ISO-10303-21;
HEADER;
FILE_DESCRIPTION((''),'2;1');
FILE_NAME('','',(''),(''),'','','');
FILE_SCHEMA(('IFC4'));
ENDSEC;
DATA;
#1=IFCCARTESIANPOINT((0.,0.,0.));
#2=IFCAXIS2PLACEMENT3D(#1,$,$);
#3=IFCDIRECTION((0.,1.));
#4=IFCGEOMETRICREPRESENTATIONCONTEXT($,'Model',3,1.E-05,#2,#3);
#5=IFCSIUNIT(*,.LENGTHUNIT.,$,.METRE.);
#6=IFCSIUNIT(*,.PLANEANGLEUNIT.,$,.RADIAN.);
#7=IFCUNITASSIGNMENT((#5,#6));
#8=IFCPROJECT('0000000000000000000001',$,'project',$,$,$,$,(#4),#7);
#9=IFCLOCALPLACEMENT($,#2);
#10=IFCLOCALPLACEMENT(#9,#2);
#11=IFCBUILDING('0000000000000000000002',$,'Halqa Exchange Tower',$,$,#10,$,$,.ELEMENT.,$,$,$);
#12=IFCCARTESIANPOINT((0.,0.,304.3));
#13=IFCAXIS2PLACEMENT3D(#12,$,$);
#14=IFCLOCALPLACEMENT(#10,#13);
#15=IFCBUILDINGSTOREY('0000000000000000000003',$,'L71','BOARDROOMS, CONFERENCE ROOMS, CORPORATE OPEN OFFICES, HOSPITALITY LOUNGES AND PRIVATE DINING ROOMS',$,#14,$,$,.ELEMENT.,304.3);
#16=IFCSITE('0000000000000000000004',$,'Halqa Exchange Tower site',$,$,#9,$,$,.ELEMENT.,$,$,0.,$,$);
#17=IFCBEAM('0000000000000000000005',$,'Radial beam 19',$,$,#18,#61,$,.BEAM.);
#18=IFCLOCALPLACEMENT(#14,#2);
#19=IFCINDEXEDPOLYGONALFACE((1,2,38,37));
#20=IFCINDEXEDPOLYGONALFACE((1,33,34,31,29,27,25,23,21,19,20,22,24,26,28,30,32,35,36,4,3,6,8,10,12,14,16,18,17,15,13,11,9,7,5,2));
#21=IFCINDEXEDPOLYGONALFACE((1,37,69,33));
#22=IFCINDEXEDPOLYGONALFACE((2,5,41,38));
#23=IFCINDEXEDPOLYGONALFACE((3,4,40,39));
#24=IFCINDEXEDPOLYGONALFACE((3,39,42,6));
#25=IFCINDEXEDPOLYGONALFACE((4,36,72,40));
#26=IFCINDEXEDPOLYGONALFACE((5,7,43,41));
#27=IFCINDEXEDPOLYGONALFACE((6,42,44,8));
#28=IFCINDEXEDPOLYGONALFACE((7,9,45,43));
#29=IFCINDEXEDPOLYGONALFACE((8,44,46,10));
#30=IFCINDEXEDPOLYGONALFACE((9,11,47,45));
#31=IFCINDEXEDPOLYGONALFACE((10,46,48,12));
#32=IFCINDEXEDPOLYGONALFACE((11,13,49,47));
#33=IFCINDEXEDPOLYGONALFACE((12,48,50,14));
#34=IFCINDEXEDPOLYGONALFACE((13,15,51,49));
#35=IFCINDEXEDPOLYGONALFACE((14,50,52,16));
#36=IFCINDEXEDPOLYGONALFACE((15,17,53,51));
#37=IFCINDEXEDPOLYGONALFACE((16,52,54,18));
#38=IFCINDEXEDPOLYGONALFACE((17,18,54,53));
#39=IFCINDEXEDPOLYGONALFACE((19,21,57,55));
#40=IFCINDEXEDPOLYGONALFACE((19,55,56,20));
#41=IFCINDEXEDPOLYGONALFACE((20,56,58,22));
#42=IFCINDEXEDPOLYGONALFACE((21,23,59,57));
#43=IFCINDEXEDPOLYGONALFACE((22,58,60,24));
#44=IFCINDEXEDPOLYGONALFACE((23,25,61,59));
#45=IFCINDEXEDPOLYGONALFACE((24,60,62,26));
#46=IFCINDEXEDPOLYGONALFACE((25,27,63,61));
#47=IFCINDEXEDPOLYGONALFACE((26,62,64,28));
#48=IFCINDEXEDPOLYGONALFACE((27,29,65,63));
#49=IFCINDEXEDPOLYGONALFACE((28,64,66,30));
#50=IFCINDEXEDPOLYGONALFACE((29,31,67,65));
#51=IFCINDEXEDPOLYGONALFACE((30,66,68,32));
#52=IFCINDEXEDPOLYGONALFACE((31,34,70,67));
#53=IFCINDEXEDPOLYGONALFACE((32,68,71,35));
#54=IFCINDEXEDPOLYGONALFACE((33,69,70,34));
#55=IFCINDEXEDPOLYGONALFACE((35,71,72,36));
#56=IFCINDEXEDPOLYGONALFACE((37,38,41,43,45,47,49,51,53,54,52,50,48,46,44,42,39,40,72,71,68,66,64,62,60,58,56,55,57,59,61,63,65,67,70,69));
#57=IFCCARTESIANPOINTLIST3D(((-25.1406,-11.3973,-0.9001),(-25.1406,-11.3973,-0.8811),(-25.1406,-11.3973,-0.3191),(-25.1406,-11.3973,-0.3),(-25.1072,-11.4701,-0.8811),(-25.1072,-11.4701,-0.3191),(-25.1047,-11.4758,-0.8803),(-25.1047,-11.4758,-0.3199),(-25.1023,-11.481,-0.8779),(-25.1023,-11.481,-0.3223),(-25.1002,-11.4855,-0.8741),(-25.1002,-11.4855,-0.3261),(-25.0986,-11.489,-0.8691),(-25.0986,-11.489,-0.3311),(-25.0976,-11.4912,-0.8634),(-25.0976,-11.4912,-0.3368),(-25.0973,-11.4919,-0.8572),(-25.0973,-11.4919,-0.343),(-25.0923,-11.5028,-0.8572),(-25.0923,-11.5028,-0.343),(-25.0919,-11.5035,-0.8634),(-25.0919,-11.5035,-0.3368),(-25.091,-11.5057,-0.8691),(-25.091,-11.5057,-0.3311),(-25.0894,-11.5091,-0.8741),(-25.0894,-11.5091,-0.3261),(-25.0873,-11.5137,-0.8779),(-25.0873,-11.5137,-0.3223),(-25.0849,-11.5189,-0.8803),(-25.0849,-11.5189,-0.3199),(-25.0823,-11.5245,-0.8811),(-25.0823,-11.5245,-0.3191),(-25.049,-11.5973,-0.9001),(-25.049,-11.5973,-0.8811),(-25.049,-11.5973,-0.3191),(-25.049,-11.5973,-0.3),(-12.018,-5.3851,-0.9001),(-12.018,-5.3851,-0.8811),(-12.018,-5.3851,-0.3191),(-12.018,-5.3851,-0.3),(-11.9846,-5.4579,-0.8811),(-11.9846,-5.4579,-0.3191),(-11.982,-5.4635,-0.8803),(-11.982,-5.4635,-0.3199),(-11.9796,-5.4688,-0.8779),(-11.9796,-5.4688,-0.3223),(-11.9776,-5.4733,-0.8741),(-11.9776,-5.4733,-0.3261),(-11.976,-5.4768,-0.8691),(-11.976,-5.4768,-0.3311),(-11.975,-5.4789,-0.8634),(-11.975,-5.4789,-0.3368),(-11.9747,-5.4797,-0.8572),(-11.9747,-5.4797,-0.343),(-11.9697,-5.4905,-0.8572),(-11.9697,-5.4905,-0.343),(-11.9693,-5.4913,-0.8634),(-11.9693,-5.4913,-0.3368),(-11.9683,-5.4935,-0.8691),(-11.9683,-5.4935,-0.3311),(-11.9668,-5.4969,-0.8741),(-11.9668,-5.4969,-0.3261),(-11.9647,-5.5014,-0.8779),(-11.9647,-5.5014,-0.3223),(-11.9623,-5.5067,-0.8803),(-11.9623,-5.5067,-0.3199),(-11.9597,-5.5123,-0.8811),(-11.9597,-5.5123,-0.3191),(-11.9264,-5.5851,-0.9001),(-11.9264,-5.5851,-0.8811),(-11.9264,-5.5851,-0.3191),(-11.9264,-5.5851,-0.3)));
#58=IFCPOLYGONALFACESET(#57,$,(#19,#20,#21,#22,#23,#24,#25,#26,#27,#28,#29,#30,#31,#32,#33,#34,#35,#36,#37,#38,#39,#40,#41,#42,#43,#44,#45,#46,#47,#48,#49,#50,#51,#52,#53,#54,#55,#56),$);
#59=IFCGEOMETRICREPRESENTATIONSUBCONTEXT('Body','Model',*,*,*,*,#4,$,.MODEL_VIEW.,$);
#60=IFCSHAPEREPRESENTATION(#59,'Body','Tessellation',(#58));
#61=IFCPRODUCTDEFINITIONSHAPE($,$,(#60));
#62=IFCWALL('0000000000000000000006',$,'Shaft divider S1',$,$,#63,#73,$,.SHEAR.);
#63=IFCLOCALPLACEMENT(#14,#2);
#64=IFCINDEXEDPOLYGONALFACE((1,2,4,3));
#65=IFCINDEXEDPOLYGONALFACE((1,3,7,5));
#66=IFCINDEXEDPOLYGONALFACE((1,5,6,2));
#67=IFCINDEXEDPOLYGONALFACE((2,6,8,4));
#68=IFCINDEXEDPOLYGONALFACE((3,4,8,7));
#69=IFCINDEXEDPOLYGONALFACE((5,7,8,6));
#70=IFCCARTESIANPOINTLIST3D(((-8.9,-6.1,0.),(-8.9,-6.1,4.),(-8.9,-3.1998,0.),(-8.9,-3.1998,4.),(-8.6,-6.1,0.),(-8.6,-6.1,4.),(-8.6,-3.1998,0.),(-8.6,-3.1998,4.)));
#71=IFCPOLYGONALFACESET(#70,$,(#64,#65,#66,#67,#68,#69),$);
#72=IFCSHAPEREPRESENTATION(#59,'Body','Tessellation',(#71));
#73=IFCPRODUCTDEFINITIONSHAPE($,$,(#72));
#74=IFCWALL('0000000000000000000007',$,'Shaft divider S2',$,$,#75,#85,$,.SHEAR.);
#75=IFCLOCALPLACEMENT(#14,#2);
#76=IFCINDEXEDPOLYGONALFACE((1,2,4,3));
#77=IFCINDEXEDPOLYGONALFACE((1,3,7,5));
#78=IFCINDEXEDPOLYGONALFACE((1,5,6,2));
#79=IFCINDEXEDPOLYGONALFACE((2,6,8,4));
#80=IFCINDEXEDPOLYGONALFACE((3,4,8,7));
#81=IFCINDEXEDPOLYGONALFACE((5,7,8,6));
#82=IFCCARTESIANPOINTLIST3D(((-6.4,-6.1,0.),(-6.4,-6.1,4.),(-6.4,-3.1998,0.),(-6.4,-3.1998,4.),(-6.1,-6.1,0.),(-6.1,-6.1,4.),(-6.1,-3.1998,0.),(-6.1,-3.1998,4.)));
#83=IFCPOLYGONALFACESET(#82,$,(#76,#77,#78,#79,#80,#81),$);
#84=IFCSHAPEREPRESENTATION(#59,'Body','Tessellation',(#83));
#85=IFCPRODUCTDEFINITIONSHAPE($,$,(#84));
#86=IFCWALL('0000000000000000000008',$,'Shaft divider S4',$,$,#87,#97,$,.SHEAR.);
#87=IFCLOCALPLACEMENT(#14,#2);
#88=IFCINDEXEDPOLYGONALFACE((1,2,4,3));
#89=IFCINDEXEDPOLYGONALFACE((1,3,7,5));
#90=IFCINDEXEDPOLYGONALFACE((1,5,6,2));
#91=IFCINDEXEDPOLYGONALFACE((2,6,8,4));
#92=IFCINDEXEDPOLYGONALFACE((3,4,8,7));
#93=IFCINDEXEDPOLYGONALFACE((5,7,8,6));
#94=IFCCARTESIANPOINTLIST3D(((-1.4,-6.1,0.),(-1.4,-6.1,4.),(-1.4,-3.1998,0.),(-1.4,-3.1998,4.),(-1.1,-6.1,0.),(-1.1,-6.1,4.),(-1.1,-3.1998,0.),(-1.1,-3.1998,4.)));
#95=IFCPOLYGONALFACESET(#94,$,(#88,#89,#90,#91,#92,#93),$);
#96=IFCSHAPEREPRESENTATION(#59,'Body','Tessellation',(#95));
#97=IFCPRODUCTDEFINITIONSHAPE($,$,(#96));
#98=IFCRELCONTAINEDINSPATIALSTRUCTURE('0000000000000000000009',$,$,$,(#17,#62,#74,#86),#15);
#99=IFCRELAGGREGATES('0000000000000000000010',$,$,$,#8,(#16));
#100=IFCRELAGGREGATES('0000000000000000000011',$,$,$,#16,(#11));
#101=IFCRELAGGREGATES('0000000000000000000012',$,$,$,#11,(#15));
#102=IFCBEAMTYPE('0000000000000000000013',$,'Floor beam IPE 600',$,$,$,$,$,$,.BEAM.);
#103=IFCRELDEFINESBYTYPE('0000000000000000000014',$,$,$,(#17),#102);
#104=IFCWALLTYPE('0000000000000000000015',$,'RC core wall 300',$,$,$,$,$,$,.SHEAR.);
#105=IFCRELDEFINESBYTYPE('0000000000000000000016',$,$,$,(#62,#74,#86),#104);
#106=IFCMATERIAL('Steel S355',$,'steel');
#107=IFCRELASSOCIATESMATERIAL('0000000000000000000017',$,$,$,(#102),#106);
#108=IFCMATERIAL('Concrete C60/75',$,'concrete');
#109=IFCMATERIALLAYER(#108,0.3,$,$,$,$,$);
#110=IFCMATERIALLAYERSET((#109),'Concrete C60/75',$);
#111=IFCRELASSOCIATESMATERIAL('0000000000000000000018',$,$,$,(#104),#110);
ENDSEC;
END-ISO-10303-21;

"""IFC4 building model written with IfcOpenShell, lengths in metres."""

from ifc_helpers import new_model, si_unit, direction, frame, frame_2d, origin, origin_2d, place, context, subcontext, project, spatial, rectangle, i_section, extrude, material, layer, layer_set, material_profile, profile_set, type_object, element, save


model = new_model("IFC4")

# Units and contexts
model_context = context("Model", 3, precision=1e-05, world=origin(), true_north=direction((0.0, 1.0)))
body_context = subcontext(model_context, "Body", "Model", "MODEL_VIEW")
ifc_project = project(units=[si_unit("LENGTHUNIT", "METRE"), si_unit("PLANEANGLEUNIT", "RADIAN")], contexts=[model_context])

# Site, building, storey
site_placement = place(None, origin())
site = spatial("IfcSite", under=ifc_project, at=site_placement, Name="Halqa Exchange Tower site", CompositionType="ELEMENT", RefElevation=0.0)
building_placement = place(site_placement, origin())
building = spatial("IfcBuilding", under=site, at=building_placement, Name="Halqa Exchange Tower", CompositionType="ELEMENT")
storey_placement = place(building_placement, frame((0.0, 0.0, 304.3)))
storey = spatial("IfcBuildingStorey", under=building, at=storey_placement, Name="L71", Description="BOARDROOMS, CONFERENCE ROOMS, CORPORATE OPEN OFFICES, HOSPITALITY LOUNGES AND PRIVATE DINING ROOMS", CompositionType="ELEMENT", Elevation=304.3)

# Beam
ifc_material_1 = material(Name="Steel S355", Category="steel")
ifc_material_profile = material_profile(ifc_material_1, i_section(OverallWidth=0.22, OverallDepth=0.6001, WebThickness=0.012, FlangeThickness=0.019, FilletRadius=0.0239, at=origin_2d()), Name="IPE 600")
ifc_profile_set = profile_set([ifc_material_profile], Name="Steel S355")
beam_type = type_object("IfcBeamType", Name="Floor beam IPE 600", PredefinedType="BEAM", material=ifc_profile_set)
beam_placement = place(storey_placement, frame((-11.9722, -5.4851, -0.6001), z_axis=(-0.909125, -0.416523, 0.0), x_axis=(0.416523, -0.909125, 0.0)))
element("IfcBeam", 1, at=beam_placement, inside=storey, type_object=beam_type, Name="Radial beam 19", PredefinedType="BEAM", context=body_context, shape_type="SweptSolid", body=[
    extrude(i_section(OverallWidth=0.22, OverallDepth=0.6001, WebThickness=0.012, FlangeThickness=0.019, FilletRadius=0.0239, at=origin_2d()), origin(), (0.0, 0.0, 1.0), 14.4343),
])

# Walls
ifc_material_2 = material(Name="Concrete C60/75", Category="concrete")
ifc_layer_1 = layer(ifc_material_2, 0.3)
ifc_layer_set_1 = layer_set([ifc_layer_1], Name="Concrete C60/75")
wall_type_1 = type_object("IfcWallType", Name="RC core wall 300", PredefinedType="SHEAR", material=ifc_layer_set_1)
for number, where, z_axis, x_axis, name in (
    (2, (-8.75, -6.1001, 0.0), (0.0, 0.0, 1.0), (0.0, 1.0, 0.0), "Shaft divider S1"),
    (3, (-6.25, -6.1001, 0.0), (0.0, 0.0, 1.0), (0.0, 1.0, 0.0), "Shaft divider S2"),
    (4, (-1.25, -6.1001, 0.0), (0.0, 0.0, 1.0), (0.0, 1.0, 0.0), "Shaft divider S4"),
):
    element("IfcWall", number, at=place(storey_placement, frame(where, z_axis=z_axis, x_axis=x_axis)), inside=storey, type_object=wall_type_1, Name=name, PredefinedType="SHEAR", context=body_context, shape_type="SweptSolid", body=[
        extrude(rectangle(XDim=2.9001, YDim=0.3, at=frame_2d((1.4502, 0.0))), origin(), (0.0, 0.0, 1.0), 4.0),
    ])

save(model, "model.ifc")
